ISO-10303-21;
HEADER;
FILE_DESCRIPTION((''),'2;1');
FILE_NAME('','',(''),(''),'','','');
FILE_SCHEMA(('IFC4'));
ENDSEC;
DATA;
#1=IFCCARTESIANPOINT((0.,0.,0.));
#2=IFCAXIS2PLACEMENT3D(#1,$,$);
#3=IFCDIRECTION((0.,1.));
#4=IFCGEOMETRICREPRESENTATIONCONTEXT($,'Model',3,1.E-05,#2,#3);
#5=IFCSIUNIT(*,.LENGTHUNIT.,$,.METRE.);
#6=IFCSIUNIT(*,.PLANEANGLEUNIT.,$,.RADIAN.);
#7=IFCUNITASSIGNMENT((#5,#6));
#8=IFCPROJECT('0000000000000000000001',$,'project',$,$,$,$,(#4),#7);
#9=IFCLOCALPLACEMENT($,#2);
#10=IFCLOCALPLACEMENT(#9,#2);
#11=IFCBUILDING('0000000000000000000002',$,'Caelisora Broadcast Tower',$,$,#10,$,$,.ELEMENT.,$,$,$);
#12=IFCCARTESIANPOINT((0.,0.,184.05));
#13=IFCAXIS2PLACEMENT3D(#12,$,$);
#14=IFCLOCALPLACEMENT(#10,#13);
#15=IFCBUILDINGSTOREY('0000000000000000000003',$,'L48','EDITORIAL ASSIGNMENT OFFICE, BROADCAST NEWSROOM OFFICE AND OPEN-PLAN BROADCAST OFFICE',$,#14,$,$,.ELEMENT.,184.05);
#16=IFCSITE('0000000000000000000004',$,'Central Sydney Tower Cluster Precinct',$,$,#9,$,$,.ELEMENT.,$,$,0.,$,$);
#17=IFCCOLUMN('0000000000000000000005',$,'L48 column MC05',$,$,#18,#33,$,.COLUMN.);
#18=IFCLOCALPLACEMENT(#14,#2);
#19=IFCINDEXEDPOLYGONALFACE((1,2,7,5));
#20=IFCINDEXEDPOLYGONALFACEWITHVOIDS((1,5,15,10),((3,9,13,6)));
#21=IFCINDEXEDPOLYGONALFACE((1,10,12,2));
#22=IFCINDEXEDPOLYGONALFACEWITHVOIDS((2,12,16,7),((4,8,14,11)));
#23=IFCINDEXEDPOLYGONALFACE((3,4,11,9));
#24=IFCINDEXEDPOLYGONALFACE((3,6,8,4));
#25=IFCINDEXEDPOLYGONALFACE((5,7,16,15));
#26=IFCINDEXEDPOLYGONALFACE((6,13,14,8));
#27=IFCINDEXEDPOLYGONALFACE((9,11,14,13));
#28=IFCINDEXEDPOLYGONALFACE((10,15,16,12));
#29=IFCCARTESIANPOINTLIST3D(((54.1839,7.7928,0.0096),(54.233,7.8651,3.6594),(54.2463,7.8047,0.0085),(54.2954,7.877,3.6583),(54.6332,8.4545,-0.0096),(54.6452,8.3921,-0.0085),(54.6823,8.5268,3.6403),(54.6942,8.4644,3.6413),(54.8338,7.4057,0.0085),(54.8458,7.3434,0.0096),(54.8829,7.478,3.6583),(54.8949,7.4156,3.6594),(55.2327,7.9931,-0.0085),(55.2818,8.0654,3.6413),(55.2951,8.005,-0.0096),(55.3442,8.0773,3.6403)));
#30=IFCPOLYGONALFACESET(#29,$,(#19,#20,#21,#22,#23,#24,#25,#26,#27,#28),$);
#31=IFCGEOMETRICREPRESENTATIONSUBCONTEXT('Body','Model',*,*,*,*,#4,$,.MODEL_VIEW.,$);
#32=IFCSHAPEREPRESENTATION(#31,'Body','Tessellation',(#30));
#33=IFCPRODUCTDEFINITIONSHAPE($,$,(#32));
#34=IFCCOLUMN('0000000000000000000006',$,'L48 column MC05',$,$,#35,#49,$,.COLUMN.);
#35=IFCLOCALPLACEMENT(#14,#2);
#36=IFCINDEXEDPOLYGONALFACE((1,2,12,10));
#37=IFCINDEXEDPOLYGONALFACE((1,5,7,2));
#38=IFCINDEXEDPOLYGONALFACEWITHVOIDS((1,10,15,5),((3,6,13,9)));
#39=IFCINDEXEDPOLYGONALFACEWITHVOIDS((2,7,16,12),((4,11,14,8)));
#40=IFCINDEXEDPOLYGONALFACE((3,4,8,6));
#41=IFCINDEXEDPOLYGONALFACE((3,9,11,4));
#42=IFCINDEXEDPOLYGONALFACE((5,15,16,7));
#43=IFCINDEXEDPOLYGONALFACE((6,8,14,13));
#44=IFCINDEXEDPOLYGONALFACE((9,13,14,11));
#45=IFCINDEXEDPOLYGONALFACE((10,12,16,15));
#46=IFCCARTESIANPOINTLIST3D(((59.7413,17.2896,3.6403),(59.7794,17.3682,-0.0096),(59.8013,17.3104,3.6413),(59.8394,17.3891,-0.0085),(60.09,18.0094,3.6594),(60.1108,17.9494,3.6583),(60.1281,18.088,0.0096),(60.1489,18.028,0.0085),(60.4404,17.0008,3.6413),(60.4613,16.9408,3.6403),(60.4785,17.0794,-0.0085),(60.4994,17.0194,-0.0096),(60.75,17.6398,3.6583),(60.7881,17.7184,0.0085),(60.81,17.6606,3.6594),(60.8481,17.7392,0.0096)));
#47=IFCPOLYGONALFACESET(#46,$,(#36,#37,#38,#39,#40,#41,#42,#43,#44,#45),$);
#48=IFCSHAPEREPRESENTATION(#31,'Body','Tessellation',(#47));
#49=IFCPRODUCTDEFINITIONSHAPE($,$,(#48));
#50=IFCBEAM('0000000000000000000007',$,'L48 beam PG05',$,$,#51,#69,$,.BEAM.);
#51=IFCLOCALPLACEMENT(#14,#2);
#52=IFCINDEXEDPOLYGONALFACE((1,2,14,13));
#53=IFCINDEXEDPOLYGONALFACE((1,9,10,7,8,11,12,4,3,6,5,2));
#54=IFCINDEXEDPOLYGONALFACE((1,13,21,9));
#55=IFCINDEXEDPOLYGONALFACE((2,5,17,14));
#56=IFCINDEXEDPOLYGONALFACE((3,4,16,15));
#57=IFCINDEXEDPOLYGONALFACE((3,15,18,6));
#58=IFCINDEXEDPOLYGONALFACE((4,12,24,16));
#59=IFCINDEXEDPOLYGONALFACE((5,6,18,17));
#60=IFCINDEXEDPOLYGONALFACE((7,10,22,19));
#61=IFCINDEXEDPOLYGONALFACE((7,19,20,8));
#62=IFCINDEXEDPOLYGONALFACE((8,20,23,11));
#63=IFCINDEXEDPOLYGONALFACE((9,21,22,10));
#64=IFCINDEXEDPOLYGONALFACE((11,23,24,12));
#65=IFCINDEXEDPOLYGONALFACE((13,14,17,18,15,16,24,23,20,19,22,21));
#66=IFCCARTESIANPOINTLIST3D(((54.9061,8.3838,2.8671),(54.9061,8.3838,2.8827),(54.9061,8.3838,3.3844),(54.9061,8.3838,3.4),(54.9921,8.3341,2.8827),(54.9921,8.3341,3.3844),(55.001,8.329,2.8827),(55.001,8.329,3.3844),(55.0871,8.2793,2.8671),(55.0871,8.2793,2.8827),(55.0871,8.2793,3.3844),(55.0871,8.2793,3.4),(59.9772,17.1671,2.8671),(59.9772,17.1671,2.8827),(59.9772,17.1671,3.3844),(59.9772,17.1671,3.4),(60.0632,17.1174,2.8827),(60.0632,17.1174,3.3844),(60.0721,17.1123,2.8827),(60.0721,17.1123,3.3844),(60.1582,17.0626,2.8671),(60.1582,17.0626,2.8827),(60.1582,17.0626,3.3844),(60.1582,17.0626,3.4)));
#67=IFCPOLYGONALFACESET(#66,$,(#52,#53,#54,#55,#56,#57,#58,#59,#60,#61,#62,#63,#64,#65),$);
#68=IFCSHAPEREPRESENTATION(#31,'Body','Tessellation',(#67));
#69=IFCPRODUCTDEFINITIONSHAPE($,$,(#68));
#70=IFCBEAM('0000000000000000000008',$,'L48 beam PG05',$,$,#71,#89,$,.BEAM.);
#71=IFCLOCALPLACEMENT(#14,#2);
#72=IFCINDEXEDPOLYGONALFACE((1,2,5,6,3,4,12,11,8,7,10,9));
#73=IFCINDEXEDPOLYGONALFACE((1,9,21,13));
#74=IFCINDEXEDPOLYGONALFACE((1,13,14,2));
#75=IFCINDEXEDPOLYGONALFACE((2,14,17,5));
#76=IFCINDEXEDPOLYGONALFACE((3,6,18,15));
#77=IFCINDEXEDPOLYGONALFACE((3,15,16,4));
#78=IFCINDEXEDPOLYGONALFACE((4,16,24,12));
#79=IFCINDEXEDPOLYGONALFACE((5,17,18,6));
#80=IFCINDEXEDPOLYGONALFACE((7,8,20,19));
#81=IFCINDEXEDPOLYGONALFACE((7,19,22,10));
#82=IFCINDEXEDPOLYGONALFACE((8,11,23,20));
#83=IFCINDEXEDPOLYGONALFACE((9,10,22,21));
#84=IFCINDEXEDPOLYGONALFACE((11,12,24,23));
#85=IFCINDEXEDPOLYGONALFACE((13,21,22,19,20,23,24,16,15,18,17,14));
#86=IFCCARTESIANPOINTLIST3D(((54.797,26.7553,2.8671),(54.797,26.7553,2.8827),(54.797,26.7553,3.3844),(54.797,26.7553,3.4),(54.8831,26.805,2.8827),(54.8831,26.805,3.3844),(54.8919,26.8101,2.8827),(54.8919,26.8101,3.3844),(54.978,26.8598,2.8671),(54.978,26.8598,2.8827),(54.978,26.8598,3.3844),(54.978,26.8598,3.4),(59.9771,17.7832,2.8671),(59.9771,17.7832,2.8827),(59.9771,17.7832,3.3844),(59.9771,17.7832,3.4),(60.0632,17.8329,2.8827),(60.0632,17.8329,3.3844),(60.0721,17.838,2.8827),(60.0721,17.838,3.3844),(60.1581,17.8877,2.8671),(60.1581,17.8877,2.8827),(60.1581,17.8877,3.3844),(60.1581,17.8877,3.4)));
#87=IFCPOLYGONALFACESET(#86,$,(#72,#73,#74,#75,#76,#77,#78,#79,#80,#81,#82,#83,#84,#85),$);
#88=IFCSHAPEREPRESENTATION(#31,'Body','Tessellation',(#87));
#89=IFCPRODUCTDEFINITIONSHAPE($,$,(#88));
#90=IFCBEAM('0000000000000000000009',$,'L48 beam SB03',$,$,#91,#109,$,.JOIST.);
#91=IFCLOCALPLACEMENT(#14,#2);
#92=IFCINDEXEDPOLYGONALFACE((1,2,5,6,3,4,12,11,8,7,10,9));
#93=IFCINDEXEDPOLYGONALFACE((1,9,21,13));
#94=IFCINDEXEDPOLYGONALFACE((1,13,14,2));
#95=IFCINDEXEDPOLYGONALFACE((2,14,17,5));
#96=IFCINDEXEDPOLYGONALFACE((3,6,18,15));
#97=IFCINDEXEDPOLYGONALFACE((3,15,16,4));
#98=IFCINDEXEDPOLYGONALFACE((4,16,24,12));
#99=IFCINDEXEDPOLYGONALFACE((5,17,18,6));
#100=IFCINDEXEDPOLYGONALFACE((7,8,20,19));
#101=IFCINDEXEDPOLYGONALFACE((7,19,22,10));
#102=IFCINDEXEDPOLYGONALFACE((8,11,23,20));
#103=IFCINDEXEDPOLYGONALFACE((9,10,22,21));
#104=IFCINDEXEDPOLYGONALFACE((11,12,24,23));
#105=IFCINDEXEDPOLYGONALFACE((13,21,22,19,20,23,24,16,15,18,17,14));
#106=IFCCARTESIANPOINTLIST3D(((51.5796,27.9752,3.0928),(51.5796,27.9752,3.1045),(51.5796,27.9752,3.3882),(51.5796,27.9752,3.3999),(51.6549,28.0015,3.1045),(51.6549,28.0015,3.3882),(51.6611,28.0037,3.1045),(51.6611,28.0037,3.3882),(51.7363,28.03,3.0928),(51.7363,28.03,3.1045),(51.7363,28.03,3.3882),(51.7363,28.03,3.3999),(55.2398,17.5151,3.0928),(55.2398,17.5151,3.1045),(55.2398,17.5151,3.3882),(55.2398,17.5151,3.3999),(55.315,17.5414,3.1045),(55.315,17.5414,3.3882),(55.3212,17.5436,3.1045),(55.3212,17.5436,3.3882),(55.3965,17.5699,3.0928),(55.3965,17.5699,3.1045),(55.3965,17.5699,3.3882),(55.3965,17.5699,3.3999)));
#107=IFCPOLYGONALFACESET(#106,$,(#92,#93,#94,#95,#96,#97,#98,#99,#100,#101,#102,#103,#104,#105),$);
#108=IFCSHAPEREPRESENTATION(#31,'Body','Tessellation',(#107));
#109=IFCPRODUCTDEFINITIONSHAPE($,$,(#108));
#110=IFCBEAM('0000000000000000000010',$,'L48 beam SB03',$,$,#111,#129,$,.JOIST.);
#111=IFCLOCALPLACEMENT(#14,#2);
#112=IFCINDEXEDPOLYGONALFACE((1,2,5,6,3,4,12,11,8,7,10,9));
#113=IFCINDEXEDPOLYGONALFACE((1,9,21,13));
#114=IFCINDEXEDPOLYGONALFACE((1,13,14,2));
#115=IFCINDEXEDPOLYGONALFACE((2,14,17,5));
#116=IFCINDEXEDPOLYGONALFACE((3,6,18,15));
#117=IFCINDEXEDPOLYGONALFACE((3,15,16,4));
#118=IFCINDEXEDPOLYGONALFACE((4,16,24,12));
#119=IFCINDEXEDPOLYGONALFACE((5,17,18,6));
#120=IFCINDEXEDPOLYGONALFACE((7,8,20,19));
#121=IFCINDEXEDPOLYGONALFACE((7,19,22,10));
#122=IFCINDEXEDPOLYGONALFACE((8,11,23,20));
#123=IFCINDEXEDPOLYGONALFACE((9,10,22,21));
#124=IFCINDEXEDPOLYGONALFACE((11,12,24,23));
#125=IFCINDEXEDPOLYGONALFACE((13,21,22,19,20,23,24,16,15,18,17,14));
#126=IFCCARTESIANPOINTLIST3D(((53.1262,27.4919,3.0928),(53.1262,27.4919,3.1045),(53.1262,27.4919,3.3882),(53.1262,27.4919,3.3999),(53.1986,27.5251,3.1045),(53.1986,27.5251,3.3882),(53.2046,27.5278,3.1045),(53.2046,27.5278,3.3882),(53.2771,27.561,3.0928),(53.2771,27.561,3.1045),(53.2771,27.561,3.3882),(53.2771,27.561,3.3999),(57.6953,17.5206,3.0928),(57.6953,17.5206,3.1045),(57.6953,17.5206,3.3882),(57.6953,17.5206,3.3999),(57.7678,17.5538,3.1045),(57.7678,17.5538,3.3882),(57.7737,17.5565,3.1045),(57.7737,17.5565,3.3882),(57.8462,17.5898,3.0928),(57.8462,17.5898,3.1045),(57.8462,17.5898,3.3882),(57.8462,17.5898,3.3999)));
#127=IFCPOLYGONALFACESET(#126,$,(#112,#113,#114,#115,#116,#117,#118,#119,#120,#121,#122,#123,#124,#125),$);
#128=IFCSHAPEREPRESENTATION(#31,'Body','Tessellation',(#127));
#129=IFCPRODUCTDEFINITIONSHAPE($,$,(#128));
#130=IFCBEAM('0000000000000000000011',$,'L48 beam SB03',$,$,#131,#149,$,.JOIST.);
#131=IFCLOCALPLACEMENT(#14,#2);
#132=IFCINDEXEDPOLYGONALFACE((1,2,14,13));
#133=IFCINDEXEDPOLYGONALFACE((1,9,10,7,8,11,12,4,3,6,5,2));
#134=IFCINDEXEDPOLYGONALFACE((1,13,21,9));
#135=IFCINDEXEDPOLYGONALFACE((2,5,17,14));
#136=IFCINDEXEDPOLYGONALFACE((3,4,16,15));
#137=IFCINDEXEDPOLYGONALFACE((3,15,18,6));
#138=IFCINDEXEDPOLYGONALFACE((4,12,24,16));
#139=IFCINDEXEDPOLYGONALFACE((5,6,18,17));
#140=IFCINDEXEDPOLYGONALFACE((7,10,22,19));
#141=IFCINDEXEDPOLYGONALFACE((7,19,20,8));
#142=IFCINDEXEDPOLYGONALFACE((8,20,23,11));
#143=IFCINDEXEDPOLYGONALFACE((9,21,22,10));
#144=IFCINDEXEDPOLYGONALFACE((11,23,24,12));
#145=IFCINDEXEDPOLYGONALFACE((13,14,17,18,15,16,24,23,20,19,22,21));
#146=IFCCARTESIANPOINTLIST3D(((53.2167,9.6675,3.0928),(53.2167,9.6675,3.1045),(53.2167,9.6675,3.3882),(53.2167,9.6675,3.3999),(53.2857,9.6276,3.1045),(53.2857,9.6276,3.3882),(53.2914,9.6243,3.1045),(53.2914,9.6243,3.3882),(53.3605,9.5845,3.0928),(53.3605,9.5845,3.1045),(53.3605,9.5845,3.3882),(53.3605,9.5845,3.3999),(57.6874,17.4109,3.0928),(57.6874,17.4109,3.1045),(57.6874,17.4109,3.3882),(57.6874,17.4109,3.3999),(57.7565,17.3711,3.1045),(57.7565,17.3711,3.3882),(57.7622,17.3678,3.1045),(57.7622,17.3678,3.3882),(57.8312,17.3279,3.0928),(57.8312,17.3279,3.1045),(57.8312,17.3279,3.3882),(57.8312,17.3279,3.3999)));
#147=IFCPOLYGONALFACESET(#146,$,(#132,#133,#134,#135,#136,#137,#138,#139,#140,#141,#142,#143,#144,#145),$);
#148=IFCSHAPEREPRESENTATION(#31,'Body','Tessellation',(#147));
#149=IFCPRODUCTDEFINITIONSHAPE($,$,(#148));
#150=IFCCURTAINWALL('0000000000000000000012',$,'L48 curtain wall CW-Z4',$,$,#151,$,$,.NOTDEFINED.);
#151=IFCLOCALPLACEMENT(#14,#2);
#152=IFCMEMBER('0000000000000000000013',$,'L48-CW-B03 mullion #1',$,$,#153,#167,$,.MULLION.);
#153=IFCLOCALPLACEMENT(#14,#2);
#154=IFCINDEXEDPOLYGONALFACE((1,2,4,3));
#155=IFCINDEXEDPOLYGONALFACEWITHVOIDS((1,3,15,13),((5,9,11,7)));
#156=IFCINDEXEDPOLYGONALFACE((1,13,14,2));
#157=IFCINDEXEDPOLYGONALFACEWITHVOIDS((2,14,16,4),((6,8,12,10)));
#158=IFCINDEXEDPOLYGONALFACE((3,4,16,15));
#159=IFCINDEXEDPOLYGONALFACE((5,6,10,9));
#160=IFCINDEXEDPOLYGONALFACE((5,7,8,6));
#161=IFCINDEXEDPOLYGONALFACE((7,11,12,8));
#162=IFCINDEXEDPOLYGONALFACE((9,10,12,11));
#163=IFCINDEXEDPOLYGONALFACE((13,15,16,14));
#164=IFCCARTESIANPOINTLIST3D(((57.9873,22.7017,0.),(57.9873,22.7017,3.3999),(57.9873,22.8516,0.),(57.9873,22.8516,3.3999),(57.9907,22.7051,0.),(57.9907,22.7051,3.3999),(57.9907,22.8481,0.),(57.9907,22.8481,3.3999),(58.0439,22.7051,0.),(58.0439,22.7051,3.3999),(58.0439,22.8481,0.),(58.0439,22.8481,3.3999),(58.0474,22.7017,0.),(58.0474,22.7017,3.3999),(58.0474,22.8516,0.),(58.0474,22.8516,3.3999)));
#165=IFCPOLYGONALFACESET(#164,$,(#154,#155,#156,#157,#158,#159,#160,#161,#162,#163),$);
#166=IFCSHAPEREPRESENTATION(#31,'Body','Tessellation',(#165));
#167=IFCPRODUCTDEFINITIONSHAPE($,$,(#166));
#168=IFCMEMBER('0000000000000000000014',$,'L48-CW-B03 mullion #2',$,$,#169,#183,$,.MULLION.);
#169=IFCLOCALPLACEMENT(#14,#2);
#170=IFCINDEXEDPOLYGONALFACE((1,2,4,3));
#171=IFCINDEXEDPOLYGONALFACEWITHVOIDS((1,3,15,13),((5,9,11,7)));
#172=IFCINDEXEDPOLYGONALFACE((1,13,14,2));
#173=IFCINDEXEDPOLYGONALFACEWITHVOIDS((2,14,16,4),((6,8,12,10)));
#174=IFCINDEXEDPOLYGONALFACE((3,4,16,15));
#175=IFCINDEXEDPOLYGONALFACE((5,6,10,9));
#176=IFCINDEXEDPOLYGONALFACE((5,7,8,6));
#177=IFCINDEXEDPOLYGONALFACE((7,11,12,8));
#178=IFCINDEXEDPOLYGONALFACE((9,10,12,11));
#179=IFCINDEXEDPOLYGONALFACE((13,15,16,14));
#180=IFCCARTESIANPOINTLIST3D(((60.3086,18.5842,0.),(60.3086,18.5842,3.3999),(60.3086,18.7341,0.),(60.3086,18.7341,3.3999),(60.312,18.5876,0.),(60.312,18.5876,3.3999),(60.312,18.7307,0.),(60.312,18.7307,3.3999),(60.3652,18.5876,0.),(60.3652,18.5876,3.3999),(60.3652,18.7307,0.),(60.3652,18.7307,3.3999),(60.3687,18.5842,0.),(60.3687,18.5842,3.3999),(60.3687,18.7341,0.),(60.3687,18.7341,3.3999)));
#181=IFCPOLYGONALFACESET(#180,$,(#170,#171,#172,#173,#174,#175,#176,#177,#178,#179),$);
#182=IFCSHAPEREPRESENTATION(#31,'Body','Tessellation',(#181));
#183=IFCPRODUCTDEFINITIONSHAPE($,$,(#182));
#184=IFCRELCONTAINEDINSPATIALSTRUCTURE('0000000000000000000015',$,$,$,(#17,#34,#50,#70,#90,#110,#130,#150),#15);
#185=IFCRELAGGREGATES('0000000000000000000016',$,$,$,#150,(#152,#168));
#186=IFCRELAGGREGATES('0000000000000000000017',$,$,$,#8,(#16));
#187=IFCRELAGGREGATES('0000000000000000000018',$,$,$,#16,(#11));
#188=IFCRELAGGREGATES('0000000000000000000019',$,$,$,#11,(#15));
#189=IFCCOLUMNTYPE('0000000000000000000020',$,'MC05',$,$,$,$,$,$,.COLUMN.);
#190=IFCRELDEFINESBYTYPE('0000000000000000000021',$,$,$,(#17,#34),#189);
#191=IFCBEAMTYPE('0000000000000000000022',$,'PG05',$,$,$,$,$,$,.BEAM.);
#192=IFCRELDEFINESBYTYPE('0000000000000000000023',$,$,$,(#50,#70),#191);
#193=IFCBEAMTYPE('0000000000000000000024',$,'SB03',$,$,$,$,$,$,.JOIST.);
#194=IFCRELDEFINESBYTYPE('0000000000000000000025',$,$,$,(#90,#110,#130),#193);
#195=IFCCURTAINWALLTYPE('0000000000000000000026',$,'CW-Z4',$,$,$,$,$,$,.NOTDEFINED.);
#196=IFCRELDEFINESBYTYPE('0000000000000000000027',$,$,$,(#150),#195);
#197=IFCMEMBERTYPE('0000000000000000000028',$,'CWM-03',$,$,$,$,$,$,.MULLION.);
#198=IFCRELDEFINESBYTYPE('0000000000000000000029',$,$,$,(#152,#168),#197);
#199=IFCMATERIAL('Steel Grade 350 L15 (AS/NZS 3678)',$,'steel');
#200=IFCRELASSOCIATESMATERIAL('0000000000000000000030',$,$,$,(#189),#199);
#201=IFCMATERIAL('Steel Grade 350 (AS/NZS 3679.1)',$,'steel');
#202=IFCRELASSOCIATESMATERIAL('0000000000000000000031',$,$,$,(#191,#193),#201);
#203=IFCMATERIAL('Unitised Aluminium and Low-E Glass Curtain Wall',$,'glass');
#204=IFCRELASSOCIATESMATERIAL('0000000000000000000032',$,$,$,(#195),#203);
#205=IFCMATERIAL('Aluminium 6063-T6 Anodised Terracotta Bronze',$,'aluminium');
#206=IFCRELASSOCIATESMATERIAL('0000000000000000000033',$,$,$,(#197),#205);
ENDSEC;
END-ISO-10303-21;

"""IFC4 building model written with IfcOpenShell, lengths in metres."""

from ifc_helpers import new_model, si_unit, direction, frame, origin, origin_2d, place, context, subcontext, project, spatial, hollow_rectangle, i_section, extrude, source, transform, mapped, material, material_profile, profile_set, type_object, type_shapes, element, aggregate, save


model = new_model("IFC4")

# Units and contexts
model_context = context("Model", 3, precision=1e-05, world=origin(), true_north=direction((0.0, 1.0)))
body_context = subcontext(model_context, "Body", "Model", "MODEL_VIEW")
ifc_project = project(units=[si_unit("LENGTHUNIT", "METRE"), si_unit("PLANEANGLEUNIT", "RADIAN")], contexts=[model_context])

# Site, building, storey
site_placement = place(None, origin())
site = spatial("IfcSite", under=ifc_project, at=site_placement, Name="Central Sydney Tower Cluster Precinct", CompositionType="ELEMENT", RefElevation=0.0)
building_placement = place(site_placement, origin())
building = spatial("IfcBuilding", under=site, at=building_placement, Name="Caelisora Broadcast Tower", CompositionType="ELEMENT")
storey_placement = place(building_placement, frame((0.0, 0.0, 184.05)))
storey = spatial("IfcBuildingStorey", under=building, at=storey_placement, Name="L48", Description="EDITORIAL ASSIGNMENT OFFICE, BROADCAST NEWSROOM OFFICE AND OPEN-PLAN BROADCAST OFFICE", CompositionType="ELEMENT", Elevation=184.05)

# Columns
ifc_material_1 = material(Name="Steel Grade 350 L15 (AS/NZS 3678)", Category="steel")
ifc_material_profile_1 = material_profile(ifc_material_1, hollow_rectangle(XDim=0.8, YDim=0.8, WallThickness=0.0449, at=origin_2d()), Name="Steel Grade 350 L15 (AS/NZS 3678)")
ifc_profile_set_1 = profile_set([ifc_material_profile_1], Name="Steel Grade 350 L15 (AS/NZS 3678)")
column_type = type_object("IfcColumnType", Name="MC05", PredefinedType="COLUMN", material=ifc_profile_set_1)
shared_shape_1 = source(origin(), body_context, "Body", "SweptSolid", [
    extrude(hollow_rectangle(XDim=0.8, YDim=0.8, WallThickness=0.0449, at=origin_2d()), origin(), (0.0, 0.0, 1.0), 3.6509),
])
type_shapes(column_type, [shared_shape_1])
for number, where, z_axis, x_axis, name in (
    (1, (54.7395, 7.8989, 0.0), (0.013441, 0.019794, 0.999714), (-0.82729, 0.561775, 0.0), "L48 column MC05"),
    (2, (60.3137, 17.5537, 0.0), (-0.010432, -0.021532, 0.999714), (0.899947, -0.435999, 0.0), "L48 column MC05"),
):
    element("IfcColumn", number, at=place(storey_placement, frame(where, z_axis=z_axis, x_axis=x_axis)), inside=storey, type_object=column_type, Name=name, PredefinedType="COLUMN", context=body_context, shape_type="MappedRepresentation", body=[
        mapped(shared_shape_1, transform((0.0, 0.0, 0.0), scale=1.0)),
    ])

# Beams
ifc_material_2 = material(Name="Steel Grade 350 (AS/NZS 3679.1)", Category="steel")
ifc_material_profile_2 = material_profile(ifc_material_2, i_section(OverallWidth=0.209, OverallDepth=0.533, WebThickness=0.0103, FlangeThickness=0.0156, at=origin_2d()), Name="Steel Grade 350 (AS/NZS 3679.1)")
ifc_profile_set_2 = profile_set([ifc_material_profile_2], Name="Steel Grade 350 (AS/NZS 3679.1)")
beam_type_1 = type_object("IfcBeamType", Name="PG05", PredefinedType="BEAM", material=ifc_profile_set_2)
shared_shape_2 = source(origin(), body_context, "Body", "SweptSolid", [
    extrude(i_section(OverallWidth=0.209, OverallDepth=0.533, WebThickness=0.0103, FlangeThickness=0.0156, at=origin_2d()), origin(), (0.0, 0.0, 1.0), 10.1421),
])
beam_1_placement = place(storey_placement, frame((54.9966, 8.3315, 3.1335), z_axis=(0.500004, 0.866023, 0.0), x_axis=(-0.866023, 0.500004, 0.0)))
element("IfcBeam", 3, at=beam_1_placement, inside=storey, type_object=beam_type_1, Name="L48 beam PG05", PredefinedType="BEAM", context=body_context, shape_type="MappedRepresentation", body=[
    mapped(shared_shape_2, transform((0.0, 0.0, 0.0), scale=1.0)),
])
shared_shape_3 = source(origin(), body_context, "Body", "SweptSolid", [
    extrude(i_section(OverallWidth=0.209, OverallDepth=0.533, WebThickness=0.0103, FlangeThickness=0.0156, at=origin_2d()), origin(), (0.0, 0.0, 1.0), 10.3601),
])
type_shapes(beam_type_1, [shared_shape_2, shared_shape_3])
beam_2_placement = place(storey_placement, frame((60.0676, 17.8354, 3.1335), z_axis=(-0.500007, 0.866022, 0.0), x_axis=(-0.866022, -0.500007, 0.0)))
element("IfcBeam", 4, at=beam_2_placement, inside=storey, type_object=beam_type_1, Name="L48 beam PG05", PredefinedType="BEAM", context=body_context, shape_type="MappedRepresentation", body=[
    mapped(shared_shape_3, transform((0.0, 0.0, 0.0), scale=1.0)),
])
ifc_material_profile_3 = material_profile(ifc_material_2, i_section(OverallWidth=0.166, OverallDepth=0.3071, WebThickness=0.0066, FlangeThickness=0.0117, at=origin_2d()), Name="Steel Grade 350 (AS/NZS 3679.1)")
ifc_profile_set_3 = profile_set([ifc_material_profile_3], Name="Steel Grade 350 (AS/NZS 3679.1)")
beam_type_2 = type_object("IfcBeamType", Name="SB03", PredefinedType="JOIST", material=ifc_profile_set_3)
shared_shape_4 = source(origin(), body_context, "Body", "SweptSolid", [
    extrude(i_section(OverallWidth=0.166, OverallDepth=0.3071, WebThickness=0.0066, FlangeThickness=0.0117, at=origin_2d()), origin(), (0.0, 0.0, 1.0), 11.082),
])
beam_3_placement = place(storey_placement, frame((55.3181, 17.5425, 3.2463), z_axis=(-0.330277, 0.943884, 0.0), x_axis=(-0.943884, -0.330277, 0.0)))
element("IfcBeam", 5, at=beam_3_placement, inside=storey, type_object=beam_type_2, Name="L48 beam SB03", PredefinedType="JOIST", context=body_context, shape_type="MappedRepresentation", body=[
    mapped(shared_shape_4, transform((0.0, 0.0, 0.0), scale=1.0)),
])
shared_shape_5 = source(origin(), body_context, "Body", "SweptSolid", [
    extrude(i_section(OverallWidth=0.166, OverallDepth=0.3071, WebThickness=0.0066, FlangeThickness=0.0117, at=origin_2d()), origin(), (0.0, 0.0, 1.0), 10.9683),
])
beam_4_placement = place(storey_placement, frame((57.7708, 17.5552, 3.2463), z_axis=(-0.416577, 0.909101, 0.0), x_axis=(-0.909101, -0.416577, 0.0)))
element("IfcBeam", 6, at=beam_4_placement, inside=storey, type_object=beam_type_2, Name="L48 beam SB03", PredefinedType="JOIST", context=body_context, shape_type="MappedRepresentation", body=[
    mapped(shared_shape_5, transform((0.0, 0.0, 0.0), scale=1.0)),
])
shared_shape_6 = source(origin(), body_context, "Body", "SweptSolid", [
    extrude(i_section(OverallWidth=0.166, OverallDepth=0.3071, WebThickness=0.0066, FlangeThickness=0.0117, at=origin_2d()), origin(), (0.0, 0.0, 1.0), 8.9414),
])
type_shapes(beam_type_2, [shared_shape_4, shared_shape_5, shared_shape_6])
beam_5_placement = place(storey_placement, frame((53.2886, 9.626, 3.2463), z_axis=(0.500004, 0.866023, 0.0), x_axis=(-0.866023, 0.500004, 0.0)))
element("IfcBeam", 7, at=beam_5_placement, inside=storey, type_object=beam_type_2, Name="L48 beam SB03", PredefinedType="JOIST", context=body_context, shape_type="MappedRepresentation", body=[
    mapped(shared_shape_6, transform((0.0, 0.0, 0.0), scale=1.0)),
])

# Curtain wall, members
ifc_material_3 = material(Name="Unitised Aluminium and Low-E Glass Curtain Wall", Category="glass")
curtain_wall_type = type_object("IfcCurtainWallType", Name="CW-Z4", PredefinedType="NOTDEFINED", material=ifc_material_3)
curtain_wall_1_placement = place(storey_placement, origin())
curtain_wall_1 = element("IfcCurtainWall", 8, at=curtain_wall_1_placement, inside=storey, type_object=curtain_wall_type, Name="L48 curtain wall CW-Z4", PredefinedType="NOTDEFINED")
ifc_material_4 = material(Name="Aluminium 6063-T6 Anodised Terracotta Bronze", Category="aluminium")
ifc_material_profile_4 = material_profile(ifc_material_4, hollow_rectangle(XDim=0.0601, YDim=0.1499, WallThickness=0.0034, at=origin_2d()), Name="Aluminium 6063-T6 Anodised Terracotta Bronze")
ifc_profile_set_4 = profile_set([ifc_material_profile_4], Name="Aluminium 6063-T6 Anodised Terracotta Bronze")
member_type_1 = type_object("IfcMemberType", Name="CWM-03", PredefinedType="MULLION", material=ifc_profile_set_4)
shared_shape_7 = source(origin(), body_context, "Body", "SweptSolid", [
    extrude(hollow_rectangle(XDim=0.0601, YDim=0.1499, WallThickness=0.0034, at=origin_2d()), origin(), (0.0, 0.0, 1.0), 3.3999),
])
type_shapes(member_type_1, [shared_shape_7])
member_1_placement = place(storey_placement, frame((58.0173, 22.7766, 0.0), z_axis=(0.0, 0.0, 1.0), x_axis=(1.0, 0.0, 0.0)))
member_1 = element("IfcMember", 9, at=member_1_placement, type_object=member_type_1, Name="L48-CW-B03 mullion #1", PredefinedType="MULLION", context=body_context, shape_type="MappedRepresentation", body=[
    mapped(shared_shape_7, transform((0.0, 0.0, 0.0), scale=1.0)),
])
member_2_placement = place(storey_placement, frame((60.3386, 18.6592, 0.0), z_axis=(0.0, 0.0, 1.0), x_axis=(1.0, 0.0, 0.0)))
member_2 = element("IfcMember", 10, at=member_2_placement, type_object=member_type_1, Name="L48-CW-B03 mullion #2", PredefinedType="MULLION", context=body_context, shape_type="MappedRepresentation", body=[
    mapped(shared_shape_7, transform((0.0, 0.0, 0.0), scale=1.0)),
])

aggregate(curtain_wall_1, [member_1, member_2])

save(model, "model.ifc")
